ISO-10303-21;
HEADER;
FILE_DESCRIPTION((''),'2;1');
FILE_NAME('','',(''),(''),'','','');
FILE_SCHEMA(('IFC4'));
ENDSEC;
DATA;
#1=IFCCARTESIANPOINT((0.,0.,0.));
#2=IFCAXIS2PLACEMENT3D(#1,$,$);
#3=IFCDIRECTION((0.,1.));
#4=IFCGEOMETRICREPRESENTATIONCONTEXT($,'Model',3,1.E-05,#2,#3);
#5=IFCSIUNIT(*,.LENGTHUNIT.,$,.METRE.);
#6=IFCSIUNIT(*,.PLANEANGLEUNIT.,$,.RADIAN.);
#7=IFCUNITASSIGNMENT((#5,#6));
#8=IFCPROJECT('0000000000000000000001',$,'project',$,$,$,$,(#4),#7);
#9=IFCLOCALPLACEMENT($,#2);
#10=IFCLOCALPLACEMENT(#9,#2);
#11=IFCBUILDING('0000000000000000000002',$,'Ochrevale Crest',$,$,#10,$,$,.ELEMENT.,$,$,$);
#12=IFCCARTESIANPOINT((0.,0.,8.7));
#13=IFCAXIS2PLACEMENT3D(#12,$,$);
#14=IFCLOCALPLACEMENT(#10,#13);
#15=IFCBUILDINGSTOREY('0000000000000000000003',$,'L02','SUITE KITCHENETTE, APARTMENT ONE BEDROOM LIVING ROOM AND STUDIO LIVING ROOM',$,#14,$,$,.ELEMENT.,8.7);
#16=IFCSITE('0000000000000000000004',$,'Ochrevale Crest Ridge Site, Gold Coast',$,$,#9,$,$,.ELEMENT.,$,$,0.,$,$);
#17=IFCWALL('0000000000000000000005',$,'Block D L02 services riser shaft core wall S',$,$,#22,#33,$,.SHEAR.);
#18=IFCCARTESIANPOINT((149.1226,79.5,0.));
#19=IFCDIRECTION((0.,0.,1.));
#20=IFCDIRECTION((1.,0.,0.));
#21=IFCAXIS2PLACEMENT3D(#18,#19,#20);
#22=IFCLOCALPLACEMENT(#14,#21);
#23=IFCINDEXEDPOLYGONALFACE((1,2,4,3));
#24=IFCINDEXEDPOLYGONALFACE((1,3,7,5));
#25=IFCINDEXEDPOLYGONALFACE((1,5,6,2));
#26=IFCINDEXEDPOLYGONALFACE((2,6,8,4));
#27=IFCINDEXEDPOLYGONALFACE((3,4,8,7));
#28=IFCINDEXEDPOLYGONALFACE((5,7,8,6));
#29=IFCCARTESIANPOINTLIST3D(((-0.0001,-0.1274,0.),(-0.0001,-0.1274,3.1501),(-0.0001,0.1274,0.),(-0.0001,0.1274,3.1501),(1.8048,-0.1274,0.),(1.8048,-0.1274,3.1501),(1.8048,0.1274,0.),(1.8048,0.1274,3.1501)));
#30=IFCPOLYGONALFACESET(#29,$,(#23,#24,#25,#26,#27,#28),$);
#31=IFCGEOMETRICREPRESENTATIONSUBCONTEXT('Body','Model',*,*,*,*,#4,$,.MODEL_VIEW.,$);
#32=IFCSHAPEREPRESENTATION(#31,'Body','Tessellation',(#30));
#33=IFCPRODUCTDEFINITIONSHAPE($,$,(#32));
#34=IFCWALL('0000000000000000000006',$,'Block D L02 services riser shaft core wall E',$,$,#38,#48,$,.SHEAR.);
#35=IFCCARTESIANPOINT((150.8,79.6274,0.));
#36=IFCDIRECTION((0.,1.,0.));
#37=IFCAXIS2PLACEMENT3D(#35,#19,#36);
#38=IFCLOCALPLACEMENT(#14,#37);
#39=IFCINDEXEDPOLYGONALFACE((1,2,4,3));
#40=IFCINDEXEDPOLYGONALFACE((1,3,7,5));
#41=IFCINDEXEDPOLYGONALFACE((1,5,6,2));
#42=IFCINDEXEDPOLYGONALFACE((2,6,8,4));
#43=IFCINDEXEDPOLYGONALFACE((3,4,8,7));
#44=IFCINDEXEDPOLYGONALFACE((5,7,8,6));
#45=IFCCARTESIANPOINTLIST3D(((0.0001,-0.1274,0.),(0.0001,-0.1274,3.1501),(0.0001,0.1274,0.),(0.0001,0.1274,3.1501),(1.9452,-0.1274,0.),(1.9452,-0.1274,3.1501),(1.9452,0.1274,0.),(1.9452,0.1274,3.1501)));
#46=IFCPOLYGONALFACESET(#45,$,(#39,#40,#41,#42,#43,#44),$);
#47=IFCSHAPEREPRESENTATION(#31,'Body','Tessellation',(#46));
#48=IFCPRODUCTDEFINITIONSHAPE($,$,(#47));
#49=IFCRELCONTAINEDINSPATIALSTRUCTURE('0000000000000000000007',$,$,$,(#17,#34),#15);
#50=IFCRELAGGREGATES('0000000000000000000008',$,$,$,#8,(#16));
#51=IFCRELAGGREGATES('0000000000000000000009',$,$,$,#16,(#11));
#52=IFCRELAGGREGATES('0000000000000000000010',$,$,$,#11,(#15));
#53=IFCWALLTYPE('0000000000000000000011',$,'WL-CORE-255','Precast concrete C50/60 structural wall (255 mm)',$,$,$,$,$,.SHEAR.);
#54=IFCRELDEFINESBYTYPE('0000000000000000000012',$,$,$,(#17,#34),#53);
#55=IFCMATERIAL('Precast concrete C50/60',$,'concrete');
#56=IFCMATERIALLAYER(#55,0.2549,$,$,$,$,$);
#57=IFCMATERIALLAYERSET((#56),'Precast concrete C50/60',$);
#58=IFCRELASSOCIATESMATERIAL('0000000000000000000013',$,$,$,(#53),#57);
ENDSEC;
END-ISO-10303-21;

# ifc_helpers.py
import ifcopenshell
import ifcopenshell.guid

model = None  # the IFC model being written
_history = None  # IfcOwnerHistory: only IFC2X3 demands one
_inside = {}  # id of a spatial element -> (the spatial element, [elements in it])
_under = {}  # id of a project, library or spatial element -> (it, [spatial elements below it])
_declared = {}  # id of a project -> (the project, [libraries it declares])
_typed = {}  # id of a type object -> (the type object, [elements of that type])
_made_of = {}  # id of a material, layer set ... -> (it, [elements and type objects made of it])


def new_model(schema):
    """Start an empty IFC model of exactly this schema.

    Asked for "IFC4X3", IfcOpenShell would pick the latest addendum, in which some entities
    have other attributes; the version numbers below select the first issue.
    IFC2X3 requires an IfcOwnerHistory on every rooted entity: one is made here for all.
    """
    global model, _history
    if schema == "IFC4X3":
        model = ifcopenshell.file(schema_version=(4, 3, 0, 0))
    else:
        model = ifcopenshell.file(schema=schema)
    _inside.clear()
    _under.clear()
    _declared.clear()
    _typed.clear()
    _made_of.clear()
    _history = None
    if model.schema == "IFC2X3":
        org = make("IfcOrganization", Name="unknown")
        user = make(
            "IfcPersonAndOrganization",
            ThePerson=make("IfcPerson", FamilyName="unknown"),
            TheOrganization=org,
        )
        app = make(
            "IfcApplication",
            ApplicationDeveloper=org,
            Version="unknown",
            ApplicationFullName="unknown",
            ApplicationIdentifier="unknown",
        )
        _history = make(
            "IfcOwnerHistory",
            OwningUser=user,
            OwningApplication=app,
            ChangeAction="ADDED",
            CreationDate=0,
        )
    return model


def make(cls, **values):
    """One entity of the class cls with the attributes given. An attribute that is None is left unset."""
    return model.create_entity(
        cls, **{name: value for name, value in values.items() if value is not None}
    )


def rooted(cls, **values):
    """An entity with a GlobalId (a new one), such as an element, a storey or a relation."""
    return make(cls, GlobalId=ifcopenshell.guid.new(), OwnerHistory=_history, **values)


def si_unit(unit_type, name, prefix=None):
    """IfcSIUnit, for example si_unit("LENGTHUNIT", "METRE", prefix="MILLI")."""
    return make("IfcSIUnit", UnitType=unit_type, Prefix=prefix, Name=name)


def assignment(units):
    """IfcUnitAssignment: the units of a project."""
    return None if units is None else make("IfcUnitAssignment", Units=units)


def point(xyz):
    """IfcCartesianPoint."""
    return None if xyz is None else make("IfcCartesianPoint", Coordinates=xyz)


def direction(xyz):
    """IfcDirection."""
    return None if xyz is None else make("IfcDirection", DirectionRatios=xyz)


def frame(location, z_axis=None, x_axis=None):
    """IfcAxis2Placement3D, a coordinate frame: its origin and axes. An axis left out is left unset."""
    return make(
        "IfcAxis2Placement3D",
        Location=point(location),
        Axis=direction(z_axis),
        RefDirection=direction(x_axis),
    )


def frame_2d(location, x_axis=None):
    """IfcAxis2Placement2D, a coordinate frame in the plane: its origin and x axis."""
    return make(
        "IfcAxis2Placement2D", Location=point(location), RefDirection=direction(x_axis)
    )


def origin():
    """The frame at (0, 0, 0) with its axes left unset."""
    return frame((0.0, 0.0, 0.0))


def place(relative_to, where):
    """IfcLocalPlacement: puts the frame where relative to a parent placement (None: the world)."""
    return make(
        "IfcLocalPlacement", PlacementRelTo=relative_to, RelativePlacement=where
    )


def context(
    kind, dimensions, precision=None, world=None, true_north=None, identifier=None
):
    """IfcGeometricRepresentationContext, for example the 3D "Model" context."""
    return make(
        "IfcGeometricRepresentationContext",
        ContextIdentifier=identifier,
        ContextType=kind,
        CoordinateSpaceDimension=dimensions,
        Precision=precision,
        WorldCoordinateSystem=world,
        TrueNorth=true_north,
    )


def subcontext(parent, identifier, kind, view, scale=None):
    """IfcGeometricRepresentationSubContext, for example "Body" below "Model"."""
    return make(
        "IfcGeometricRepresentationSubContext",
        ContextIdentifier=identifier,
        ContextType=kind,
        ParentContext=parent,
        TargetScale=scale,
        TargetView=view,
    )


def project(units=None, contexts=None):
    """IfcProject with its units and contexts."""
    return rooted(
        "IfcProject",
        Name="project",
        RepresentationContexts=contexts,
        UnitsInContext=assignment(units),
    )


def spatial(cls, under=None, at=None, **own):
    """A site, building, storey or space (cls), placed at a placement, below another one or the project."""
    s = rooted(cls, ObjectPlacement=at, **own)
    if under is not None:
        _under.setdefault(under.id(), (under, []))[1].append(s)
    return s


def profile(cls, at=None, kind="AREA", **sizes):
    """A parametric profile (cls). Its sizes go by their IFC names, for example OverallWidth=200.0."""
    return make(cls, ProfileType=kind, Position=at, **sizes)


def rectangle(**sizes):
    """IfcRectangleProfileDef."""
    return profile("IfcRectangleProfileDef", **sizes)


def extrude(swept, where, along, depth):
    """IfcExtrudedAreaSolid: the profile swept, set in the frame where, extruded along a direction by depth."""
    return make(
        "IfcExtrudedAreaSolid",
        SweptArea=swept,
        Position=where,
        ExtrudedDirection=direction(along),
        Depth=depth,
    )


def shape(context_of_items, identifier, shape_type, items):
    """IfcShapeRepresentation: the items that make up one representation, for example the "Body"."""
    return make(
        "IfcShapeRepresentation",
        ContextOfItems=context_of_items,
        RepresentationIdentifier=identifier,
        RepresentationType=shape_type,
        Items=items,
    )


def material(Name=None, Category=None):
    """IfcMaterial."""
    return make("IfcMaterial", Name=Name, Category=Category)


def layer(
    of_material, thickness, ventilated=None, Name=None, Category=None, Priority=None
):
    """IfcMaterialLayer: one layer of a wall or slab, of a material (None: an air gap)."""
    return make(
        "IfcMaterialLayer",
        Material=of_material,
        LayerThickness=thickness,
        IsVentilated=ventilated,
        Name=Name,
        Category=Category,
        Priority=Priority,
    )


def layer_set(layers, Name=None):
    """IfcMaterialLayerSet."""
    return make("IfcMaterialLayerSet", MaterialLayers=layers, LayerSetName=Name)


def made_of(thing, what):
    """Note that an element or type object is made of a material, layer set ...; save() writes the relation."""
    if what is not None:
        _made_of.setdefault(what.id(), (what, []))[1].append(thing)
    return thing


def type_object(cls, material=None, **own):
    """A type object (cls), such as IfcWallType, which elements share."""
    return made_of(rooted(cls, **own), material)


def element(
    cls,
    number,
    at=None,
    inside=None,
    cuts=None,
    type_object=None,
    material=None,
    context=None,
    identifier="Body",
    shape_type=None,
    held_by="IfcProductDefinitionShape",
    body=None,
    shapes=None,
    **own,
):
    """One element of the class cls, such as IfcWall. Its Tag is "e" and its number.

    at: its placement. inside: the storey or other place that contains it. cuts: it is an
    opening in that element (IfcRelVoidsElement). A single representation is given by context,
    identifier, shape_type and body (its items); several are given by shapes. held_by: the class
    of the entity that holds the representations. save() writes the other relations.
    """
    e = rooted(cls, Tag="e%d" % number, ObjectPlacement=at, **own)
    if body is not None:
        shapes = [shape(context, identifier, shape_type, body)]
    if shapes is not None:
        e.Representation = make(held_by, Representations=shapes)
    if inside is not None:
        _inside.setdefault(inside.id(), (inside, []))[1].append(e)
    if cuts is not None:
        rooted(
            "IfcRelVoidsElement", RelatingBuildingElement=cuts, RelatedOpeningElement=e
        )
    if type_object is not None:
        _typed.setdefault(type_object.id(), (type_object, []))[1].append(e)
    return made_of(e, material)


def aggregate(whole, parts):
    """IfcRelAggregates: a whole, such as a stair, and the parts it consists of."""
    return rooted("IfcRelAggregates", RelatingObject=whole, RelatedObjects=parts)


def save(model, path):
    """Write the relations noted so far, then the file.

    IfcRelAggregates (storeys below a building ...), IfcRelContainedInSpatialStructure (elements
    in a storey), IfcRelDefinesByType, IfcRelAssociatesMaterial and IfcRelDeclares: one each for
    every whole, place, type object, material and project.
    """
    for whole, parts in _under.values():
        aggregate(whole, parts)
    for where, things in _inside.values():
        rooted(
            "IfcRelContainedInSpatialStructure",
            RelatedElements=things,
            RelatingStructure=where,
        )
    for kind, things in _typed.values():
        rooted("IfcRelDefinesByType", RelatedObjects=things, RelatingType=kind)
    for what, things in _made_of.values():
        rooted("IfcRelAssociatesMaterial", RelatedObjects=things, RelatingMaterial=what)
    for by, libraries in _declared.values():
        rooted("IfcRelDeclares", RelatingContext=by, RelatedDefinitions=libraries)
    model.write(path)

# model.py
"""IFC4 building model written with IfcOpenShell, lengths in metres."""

from ifc_helpers import new_model, si_unit, direction, frame, frame_2d, origin, place, context, subcontext, project, spatial, rectangle, extrude, material, layer, layer_set, type_object, element, save


model = new_model("IFC4")

# Units and contexts
model_context = context("Model", 3, precision=1e-05, world=origin(), true_north=direction((0.0, 1.0)))
body_context = subcontext(model_context, "Body", "Model", "MODEL_VIEW")
ifc_project = project(units=[si_unit("LENGTHUNIT", "METRE"), si_unit("PLANEANGLEUNIT", "RADIAN")], contexts=[model_context])

# Site, building, storey
site_placement = place(None, origin())
site = spatial("IfcSite", under=ifc_project, at=site_placement, Name="Ochrevale Crest Ridge Site, Gold Coast", CompositionType="ELEMENT", RefElevation=0.0)
building_placement = place(site_placement, origin())
building = spatial("IfcBuilding", under=site, at=building_placement, Name="Ochrevale Crest", CompositionType="ELEMENT")
storey_placement = place(building_placement, frame((0.0, 0.0, 8.7)))
storey = spatial("IfcBuildingStorey", under=building, at=storey_placement, Name="L02", Description="SUITE KITCHENETTE, APARTMENT ONE BEDROOM LIVING ROOM AND STUDIO LIVING ROOM", CompositionType="ELEMENT", Elevation=8.7)

# Shared definitions
ifc_material_1 = material(Name="Precast concrete C50/60", Category="concrete")

# Walls
ifc_layer_1 = layer(ifc_material_1, 0.2549)
ifc_layer_set_1 = layer_set([ifc_layer_1], Name="Precast concrete C50/60")
wall_type_1 = type_object("IfcWallType", Name="WL-CORE-255", Description="Precast concrete C50/60 structural wall (255 mm)", PredefinedType="SHEAR", material=ifc_layer_set_1)
wall_1_placement = place(storey_placement, frame((149.1226, 79.5, 0.0), z_axis=(0.0, 0.0, 1.0), x_axis=(1.0, 0.0, 0.0)))
element("IfcWall", 1, at=wall_1_placement, inside=storey, type_object=wall_type_1, Name="Block D L02 services riser shaft core wall S", PredefinedType="SHEAR", context=body_context, shape_type="SweptSolid", body=[
    extrude(rectangle(XDim=1.8049, YDim=0.2549, at=frame_2d((0.9023, 0.0))), origin(), (0.0, 0.0, 1.0), 3.1501),
])
wall_2_placement = place(storey_placement, frame((150.8, 79.6274, 0.0), z_axis=(0.0, 0.0, 1.0), x_axis=(0.0, 1.0, 0.0)))
element("IfcWall", 2, at=wall_2_placement, inside=storey, type_object=wall_type_1, Name="Block D L02 services riser shaft core wall E", PredefinedType="SHEAR", context=body_context, shape_type="SweptSolid", body=[
    extrude(rectangle(XDim=1.9451, YDim=0.2549, at=frame_2d((0.9727, 0.0))), origin(), (0.0, 0.0, 1.0), 3.1501),
])

save(model, "model.ifc")
